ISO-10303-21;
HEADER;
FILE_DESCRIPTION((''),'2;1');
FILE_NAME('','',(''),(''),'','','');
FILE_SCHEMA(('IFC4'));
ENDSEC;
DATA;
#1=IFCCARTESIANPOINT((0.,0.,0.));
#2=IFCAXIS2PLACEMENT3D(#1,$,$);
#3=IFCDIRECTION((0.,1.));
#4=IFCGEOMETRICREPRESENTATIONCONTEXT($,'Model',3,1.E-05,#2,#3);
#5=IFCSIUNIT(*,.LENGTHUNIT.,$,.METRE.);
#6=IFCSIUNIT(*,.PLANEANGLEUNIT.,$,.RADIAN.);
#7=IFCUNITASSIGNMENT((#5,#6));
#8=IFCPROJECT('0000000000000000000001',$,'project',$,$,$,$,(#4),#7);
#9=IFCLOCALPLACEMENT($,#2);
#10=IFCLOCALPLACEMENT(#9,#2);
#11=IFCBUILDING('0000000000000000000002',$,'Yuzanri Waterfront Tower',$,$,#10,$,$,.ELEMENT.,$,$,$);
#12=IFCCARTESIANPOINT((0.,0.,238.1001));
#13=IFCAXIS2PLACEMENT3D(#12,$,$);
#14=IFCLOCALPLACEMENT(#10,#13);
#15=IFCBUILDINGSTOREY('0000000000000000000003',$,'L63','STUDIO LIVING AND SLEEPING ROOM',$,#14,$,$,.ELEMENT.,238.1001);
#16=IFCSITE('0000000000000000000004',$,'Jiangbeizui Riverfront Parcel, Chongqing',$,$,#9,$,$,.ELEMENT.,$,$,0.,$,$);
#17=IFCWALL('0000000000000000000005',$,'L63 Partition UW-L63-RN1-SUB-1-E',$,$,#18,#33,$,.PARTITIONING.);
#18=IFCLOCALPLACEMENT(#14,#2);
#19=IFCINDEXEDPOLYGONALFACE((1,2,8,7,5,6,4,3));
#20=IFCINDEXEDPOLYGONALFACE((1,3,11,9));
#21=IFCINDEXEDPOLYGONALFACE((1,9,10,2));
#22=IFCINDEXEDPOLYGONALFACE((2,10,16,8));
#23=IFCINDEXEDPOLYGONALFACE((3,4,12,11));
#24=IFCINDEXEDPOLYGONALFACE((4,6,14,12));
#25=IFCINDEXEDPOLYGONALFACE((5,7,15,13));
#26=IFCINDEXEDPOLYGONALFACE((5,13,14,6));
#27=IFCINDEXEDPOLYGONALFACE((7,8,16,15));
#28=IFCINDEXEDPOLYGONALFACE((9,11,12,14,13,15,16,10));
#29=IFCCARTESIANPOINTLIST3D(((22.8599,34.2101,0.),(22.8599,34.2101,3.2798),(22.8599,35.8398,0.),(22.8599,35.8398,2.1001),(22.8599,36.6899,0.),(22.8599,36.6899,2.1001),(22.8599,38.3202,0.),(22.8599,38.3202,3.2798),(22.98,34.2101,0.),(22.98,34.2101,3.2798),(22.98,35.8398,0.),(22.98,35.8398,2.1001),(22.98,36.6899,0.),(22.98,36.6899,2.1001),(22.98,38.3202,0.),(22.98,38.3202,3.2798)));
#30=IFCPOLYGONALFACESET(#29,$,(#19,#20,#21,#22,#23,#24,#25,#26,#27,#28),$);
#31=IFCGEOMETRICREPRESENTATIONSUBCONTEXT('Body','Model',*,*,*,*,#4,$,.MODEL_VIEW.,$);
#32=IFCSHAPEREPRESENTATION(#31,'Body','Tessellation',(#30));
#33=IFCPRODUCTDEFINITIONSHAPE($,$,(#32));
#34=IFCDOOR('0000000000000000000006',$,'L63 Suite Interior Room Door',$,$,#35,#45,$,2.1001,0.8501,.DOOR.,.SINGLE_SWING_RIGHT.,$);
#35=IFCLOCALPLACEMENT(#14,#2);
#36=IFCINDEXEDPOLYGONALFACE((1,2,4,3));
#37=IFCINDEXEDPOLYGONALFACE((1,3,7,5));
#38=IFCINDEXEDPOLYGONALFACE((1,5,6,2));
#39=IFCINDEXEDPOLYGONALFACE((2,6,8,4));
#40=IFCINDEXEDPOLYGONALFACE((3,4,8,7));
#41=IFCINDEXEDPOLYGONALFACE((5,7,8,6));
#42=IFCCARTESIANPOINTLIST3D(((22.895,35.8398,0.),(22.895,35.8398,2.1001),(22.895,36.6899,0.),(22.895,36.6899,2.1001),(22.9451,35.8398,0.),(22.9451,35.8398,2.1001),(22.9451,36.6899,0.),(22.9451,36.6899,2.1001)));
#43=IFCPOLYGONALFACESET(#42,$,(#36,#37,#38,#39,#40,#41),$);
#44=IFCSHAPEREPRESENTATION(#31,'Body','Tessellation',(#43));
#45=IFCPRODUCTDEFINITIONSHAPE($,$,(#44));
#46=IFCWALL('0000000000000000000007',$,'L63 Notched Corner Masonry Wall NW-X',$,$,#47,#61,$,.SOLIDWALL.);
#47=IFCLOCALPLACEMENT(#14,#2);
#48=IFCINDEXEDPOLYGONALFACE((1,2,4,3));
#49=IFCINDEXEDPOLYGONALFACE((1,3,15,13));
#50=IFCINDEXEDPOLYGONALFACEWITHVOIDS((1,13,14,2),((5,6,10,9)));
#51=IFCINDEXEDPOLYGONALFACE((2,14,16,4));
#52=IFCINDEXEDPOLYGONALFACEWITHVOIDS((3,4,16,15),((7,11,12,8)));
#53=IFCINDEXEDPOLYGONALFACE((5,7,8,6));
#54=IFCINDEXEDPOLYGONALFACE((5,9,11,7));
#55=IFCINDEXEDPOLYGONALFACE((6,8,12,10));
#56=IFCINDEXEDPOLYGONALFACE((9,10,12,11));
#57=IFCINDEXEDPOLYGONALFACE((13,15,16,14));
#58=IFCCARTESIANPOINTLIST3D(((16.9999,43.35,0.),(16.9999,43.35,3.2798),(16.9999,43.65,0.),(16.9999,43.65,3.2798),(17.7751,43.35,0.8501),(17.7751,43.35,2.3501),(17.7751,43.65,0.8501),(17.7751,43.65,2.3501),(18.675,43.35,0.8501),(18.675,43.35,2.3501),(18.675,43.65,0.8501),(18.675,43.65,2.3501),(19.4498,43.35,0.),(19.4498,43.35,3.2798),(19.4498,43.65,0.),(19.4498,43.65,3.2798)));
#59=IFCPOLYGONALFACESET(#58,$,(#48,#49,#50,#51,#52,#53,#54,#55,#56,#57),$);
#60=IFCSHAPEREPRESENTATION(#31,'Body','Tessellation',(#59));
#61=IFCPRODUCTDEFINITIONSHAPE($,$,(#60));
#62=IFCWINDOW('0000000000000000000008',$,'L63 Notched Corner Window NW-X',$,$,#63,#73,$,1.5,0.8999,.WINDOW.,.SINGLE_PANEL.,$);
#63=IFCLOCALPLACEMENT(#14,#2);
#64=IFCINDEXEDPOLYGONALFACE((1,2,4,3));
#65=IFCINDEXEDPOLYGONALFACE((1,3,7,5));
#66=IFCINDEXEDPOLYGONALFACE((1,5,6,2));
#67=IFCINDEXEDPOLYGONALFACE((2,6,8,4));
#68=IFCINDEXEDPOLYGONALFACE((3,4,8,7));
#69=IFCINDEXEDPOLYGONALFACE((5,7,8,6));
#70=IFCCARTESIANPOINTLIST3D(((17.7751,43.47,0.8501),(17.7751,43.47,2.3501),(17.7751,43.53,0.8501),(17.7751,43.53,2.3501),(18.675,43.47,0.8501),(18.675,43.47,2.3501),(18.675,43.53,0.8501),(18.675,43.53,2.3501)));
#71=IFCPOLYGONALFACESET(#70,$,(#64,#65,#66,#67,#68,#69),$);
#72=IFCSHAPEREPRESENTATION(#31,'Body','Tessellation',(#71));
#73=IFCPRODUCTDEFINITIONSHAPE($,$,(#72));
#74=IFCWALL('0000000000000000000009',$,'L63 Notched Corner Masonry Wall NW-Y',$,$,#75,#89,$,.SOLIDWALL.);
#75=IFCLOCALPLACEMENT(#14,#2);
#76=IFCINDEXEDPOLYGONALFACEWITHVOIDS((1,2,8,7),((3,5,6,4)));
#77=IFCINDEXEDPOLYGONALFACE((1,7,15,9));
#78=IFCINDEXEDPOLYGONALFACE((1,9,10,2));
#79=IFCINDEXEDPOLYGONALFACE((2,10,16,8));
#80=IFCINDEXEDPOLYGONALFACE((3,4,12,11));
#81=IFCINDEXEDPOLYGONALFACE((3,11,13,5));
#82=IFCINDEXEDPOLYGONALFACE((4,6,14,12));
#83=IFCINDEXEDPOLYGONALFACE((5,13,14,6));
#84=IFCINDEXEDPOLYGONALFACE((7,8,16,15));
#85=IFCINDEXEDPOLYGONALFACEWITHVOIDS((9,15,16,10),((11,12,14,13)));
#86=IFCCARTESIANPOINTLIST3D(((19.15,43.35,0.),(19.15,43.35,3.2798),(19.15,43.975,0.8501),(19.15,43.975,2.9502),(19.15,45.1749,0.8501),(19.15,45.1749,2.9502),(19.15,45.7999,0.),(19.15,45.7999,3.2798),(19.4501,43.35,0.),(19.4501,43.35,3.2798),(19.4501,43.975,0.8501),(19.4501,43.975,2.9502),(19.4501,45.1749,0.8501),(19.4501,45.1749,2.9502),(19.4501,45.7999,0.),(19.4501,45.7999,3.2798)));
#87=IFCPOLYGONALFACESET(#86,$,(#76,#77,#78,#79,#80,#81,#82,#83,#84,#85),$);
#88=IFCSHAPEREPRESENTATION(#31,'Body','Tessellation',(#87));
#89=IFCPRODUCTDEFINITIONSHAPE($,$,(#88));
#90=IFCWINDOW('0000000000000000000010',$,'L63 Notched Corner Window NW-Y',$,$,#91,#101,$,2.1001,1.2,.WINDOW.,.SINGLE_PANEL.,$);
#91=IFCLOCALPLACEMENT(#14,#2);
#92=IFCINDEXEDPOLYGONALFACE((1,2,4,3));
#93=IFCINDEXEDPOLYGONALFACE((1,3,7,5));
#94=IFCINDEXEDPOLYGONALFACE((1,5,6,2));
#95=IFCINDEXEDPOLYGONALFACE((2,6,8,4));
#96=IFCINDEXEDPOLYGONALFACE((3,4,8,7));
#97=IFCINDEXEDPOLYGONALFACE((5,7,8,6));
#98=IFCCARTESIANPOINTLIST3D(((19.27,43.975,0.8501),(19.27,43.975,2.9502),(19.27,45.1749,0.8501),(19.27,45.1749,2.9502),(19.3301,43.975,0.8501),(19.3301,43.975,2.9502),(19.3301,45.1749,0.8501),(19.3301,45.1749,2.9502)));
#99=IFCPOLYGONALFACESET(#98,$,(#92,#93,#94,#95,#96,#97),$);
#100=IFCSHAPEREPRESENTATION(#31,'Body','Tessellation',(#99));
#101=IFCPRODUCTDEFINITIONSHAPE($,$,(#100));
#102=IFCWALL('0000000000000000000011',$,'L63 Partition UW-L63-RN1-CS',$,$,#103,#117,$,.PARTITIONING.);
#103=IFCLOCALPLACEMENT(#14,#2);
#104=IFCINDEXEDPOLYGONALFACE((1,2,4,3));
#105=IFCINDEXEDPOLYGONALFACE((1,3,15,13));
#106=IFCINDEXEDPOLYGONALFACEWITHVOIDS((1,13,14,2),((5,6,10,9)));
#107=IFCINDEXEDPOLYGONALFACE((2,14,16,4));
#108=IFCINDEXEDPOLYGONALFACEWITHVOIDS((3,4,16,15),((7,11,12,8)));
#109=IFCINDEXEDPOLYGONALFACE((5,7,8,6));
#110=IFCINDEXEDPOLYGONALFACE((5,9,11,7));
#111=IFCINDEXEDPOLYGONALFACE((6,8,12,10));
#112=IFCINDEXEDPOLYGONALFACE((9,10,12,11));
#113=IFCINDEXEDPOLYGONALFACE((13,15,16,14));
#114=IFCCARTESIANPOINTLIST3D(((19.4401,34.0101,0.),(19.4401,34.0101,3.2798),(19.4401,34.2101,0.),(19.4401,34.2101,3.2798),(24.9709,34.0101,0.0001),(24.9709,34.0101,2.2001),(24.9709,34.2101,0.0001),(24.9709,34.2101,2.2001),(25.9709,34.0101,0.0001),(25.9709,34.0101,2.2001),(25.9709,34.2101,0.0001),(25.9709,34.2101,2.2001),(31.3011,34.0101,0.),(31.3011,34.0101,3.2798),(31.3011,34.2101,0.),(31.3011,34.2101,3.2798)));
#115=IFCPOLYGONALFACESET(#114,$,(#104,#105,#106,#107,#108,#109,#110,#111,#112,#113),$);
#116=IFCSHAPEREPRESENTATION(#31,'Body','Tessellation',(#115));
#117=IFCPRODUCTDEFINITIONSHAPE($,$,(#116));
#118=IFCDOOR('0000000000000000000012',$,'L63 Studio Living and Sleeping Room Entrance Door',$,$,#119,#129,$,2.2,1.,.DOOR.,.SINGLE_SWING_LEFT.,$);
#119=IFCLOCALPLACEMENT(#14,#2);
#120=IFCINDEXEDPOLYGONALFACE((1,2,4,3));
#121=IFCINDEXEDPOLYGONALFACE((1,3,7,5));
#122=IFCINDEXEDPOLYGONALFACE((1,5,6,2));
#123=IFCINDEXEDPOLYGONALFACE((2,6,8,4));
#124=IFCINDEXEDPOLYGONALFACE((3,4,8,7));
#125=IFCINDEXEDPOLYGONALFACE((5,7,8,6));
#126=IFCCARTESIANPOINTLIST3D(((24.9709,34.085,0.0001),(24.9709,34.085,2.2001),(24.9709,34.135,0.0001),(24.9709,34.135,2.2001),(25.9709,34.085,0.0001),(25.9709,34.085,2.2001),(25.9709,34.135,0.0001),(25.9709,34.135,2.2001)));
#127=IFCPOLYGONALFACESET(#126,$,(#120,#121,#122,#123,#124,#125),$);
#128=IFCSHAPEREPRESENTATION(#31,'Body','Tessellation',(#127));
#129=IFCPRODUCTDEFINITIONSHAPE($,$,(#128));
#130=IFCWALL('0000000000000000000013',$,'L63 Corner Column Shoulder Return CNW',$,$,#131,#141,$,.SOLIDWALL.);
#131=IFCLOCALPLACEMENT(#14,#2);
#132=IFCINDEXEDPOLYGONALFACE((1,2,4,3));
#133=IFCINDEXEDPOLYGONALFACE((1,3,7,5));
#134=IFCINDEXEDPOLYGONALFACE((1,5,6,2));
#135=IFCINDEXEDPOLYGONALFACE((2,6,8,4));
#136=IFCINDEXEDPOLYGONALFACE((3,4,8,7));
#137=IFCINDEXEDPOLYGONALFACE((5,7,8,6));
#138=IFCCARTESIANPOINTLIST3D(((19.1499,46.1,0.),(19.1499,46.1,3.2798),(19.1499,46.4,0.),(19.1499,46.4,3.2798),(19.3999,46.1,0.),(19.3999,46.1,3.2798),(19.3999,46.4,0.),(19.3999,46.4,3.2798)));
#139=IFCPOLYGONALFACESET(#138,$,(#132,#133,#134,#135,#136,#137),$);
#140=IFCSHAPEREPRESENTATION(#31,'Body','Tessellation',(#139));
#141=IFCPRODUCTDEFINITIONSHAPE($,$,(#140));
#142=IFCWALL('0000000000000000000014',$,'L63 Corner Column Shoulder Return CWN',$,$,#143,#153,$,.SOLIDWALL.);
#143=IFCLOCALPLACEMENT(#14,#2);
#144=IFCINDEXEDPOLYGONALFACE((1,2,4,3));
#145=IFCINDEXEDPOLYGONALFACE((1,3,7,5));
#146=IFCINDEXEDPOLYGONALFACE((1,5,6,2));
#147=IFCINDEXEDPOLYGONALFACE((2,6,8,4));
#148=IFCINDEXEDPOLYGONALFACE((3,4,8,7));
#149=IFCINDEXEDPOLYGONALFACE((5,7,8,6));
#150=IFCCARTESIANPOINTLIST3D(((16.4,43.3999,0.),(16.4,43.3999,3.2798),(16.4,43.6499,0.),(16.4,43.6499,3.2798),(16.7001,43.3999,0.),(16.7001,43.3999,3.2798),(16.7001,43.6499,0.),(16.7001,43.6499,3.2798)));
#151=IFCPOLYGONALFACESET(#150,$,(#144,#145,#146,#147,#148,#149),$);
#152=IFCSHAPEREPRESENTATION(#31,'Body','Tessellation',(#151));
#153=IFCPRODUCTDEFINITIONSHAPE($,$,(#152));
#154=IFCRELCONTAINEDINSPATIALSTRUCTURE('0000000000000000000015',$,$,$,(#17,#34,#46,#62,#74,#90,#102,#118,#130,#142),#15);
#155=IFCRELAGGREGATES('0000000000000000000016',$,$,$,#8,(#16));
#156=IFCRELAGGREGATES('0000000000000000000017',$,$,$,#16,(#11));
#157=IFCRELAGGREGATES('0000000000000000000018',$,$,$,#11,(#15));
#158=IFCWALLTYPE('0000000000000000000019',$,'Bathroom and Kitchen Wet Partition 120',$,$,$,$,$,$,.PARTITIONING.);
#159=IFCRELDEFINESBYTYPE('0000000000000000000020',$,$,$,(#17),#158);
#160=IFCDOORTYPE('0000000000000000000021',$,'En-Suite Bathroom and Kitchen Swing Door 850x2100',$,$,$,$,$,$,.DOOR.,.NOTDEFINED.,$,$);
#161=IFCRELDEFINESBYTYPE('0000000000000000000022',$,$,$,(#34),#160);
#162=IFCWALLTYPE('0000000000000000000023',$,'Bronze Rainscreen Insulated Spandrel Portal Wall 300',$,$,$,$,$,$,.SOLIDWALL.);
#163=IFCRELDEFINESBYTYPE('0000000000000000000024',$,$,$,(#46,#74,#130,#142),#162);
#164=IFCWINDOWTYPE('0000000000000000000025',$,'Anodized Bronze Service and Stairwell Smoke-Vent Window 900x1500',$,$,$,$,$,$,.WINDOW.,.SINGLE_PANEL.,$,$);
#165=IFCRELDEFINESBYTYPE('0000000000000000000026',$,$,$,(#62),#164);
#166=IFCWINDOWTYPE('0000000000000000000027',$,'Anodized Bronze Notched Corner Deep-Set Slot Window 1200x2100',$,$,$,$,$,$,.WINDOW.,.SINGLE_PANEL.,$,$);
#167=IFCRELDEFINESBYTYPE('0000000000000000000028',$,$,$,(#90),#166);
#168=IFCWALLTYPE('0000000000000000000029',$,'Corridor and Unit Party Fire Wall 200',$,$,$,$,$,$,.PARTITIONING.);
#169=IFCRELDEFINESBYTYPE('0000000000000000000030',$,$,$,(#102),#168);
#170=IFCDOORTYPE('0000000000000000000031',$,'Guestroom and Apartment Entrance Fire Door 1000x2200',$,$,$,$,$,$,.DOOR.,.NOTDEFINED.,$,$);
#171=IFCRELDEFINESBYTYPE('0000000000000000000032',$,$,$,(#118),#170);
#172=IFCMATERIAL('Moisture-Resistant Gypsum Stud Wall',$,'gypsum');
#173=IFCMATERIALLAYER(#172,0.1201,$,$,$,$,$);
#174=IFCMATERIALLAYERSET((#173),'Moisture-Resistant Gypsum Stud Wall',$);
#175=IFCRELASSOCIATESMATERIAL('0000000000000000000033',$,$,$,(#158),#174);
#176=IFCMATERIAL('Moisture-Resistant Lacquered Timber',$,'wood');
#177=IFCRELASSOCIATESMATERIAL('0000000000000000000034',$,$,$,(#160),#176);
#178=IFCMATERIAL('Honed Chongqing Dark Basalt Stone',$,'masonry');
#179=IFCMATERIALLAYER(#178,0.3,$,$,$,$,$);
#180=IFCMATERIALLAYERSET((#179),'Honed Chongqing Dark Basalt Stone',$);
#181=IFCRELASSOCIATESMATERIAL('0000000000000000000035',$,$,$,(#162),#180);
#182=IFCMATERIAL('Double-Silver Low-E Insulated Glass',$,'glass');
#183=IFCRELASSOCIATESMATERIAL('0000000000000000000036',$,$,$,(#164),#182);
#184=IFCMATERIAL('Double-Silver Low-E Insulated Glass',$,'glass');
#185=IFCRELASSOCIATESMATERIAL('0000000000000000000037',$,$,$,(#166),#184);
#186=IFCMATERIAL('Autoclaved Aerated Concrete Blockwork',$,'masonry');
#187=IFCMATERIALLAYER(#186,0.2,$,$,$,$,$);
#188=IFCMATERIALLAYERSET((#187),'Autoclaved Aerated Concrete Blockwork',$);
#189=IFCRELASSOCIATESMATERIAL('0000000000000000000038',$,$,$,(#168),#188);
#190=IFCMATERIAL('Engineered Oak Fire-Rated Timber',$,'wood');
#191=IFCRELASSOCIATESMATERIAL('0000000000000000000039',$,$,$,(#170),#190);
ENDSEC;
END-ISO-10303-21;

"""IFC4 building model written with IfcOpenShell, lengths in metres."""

from ifc_helpers import new_model, si_unit, direction, frame, frame_2d, origin, place, context, subcontext, project, spatial, rectangle, extrude, source, transform, mapped, material, layer, layer_set, type_object, element, fill, save


model = new_model("IFC4")

# Units and contexts
model_context = context("Model", 3, precision=1e-05, world=origin(), true_north=direction((0.0, 1.0)))
body_context = subcontext(model_context, "Body", "Model", "MODEL_VIEW")
ifc_project = project(units=[si_unit("LENGTHUNIT", "METRE"), si_unit("PLANEANGLEUNIT", "RADIAN")], contexts=[model_context])

# Site, building, storey
site_placement = place(None, origin())
site = spatial("IfcSite", under=ifc_project, at=site_placement, Name="Jiangbeizui Riverfront Parcel, Chongqing", CompositionType="ELEMENT", RefElevation=0.0)
building_placement = place(site_placement, origin())
building = spatial("IfcBuilding", under=site, at=building_placement, Name="Yuzanri Waterfront Tower", CompositionType="ELEMENT")
storey_placement = place(building_placement, frame((0.0, 0.0, 238.1001)))
storey = spatial("IfcBuildingStorey", under=building, at=storey_placement, Name="L63", Description="STUDIO LIVING AND SLEEPING ROOM", CompositionType="ELEMENT", Elevation=238.1001)

# Wall, opening, door
ifc_material_1 = material(Name="Moisture-Resistant Gypsum Stud Wall", Category="gypsum")
ifc_layer_1 = layer(ifc_material_1, 0.1201)
ifc_layer_set_1 = layer_set([ifc_layer_1], Name="Moisture-Resistant Gypsum Stud Wall")
wall_type_1 = type_object("IfcWallType", Name="Bathroom and Kitchen Wet Partition 120", PredefinedType="PARTITIONING", material=ifc_layer_set_1)
wall_1_placement = place(storey_placement, frame((22.9199, 34.21, 0.0), z_axis=(0.0, 0.0, 1.0), x_axis=(0.0, 1.0, 0.0)))
wall_1 = element("IfcWall", 1, at=wall_1_placement, inside=storey, type_object=wall_type_1, Name="L63 Partition UW-L63-RN1-SUB-1-E", PredefinedType="PARTITIONING", context=body_context, shape_type="SweptSolid", body=[
    extrude(rectangle(XDim=4.1101, YDim=0.1201, at=frame_2d((2.0552, 0.0))), origin(), (0.0, 0.0, 1.0), 3.2798),
])
opening_1_placement = place(wall_1_placement, frame((1.6299, 0.0, 0.0)))
opening_1 = element("IfcOpeningElement", 2, at=opening_1_placement, cuts=wall_1, PredefinedType="OPENING", context=body_context, shape_type="SweptSolid", body=[
    extrude(rectangle(XDim=0.8501, YDim=2.1001, at=frame_2d((0.425, 1.05))), frame((0.0, 0.075, 0.0), z_axis=(0.0, -1.0, 0.0), x_axis=(1.0, 0.0, 0.0)), (0.0, 0.0, 1.0), 0.1499),
])
ifc_material_2 = material(Name="Moisture-Resistant Lacquered Timber", Category="wood")
door_type_1 = type_object("IfcDoorType", Name="En-Suite Bathroom and Kitchen Swing Door 850x2100", OperationType="NOTDEFINED", PredefinedType="DOOR", material=ifc_material_2)
shared_shape_1 = source(origin(), body_context, "Body", "SweptSolid", [
    extrude(rectangle(XDim=0.8501, YDim=2.1001, at=frame_2d((0.425, 1.05))), frame((0.0, 0.0249, 0.0), z_axis=(0.0, -1.0, 0.0), x_axis=(1.0, 0.0, 0.0)), (0.0, 0.0, 1.0), 0.05),
])
door_1_placement = place(opening_1_placement, origin())
door_1 = element("IfcDoor", 3, at=door_1_placement, inside=storey, type_object=door_type_1, Name="L63 Suite Interior Room Door", OperationType="SINGLE_SWING_RIGHT", OverallHeight=2.1001, OverallWidth=0.8501, PredefinedType="DOOR", context=body_context, shape_type="MappedRepresentation", body=[
    mapped(shared_shape_1, transform((0.0, 0.0, 0.0), scale=1.0)),
])
fill(opening_1, door_1)

# Walls, openings, windows
ifc_material_3 = material(Name="Honed Chongqing Dark Basalt Stone", Category="masonry")
ifc_layer_2 = layer(ifc_material_3, 0.3)
ifc_layer_set_2 = layer_set([ifc_layer_2], Name="Honed Chongqing Dark Basalt Stone")
wall_type_2 = type_object("IfcWallType", Name="Bronze Rainscreen Insulated Spandrel Portal Wall 300", PredefinedType="SOLIDWALL", material=ifc_layer_set_2)
wall_2_placement = place(storey_placement, frame((19.45, 43.5, 0.0), z_axis=(0.0, 0.0, 1.0), x_axis=(-1.0, 0.0, 0.0)))
wall_2 = element("IfcWall", 4, at=wall_2_placement, inside=storey, type_object=wall_type_2, Name="L63 Notched Corner Masonry Wall NW-X", PredefinedType="SOLIDWALL", context=body_context, shape_type="SweptSolid", body=[
    extrude(rectangle(XDim=2.45, YDim=0.3, at=frame_2d((1.2251, 0.0))), origin(), (0.0, 0.0, 1.0), 3.2798),
])
opening_2_placement = place(wall_2_placement, frame((0.7749, 0.0, 0.8501)))
opening_2 = element("IfcOpeningElement", 5, at=opening_2_placement, cuts=wall_2, PredefinedType="OPENING", context=body_context, shape_type="SweptSolid", body=[
    extrude(rectangle(XDim=0.8999, YDim=1.5, at=frame_2d((0.45, 0.75))), frame((0.0, 0.165, 0.0), z_axis=(0.0, -1.0, 0.0), x_axis=(1.0, 0.0, 0.0)), (0.0, 0.0, 1.0), 0.3298),
])
ifc_material_4 = material(Name="Double-Silver Low-E Insulated Glass", Category="glass")
window_type_1 = type_object("IfcWindowType", Name="Anodized Bronze Service and Stairwell Smoke-Vent Window 900x1500", PartitioningType="SINGLE_PANEL", PredefinedType="WINDOW", material=ifc_material_4)
shared_shape_2 = source(origin(), body_context, "Body", "SweptSolid", [
    extrude(rectangle(XDim=0.8999, YDim=1.5, at=frame_2d((0.45, 0.75))), frame((0.0, 0.03, 0.0), z_axis=(0.0, -1.0, 0.0), x_axis=(1.0, 0.0, 0.0)), (0.0, 0.0, 1.0), 0.0601),
])
window_1_placement = place(opening_2_placement, origin())
window_1 = element("IfcWindow", 6, at=window_1_placement, inside=storey, type_object=window_type_1, Name="L63 Notched Corner Window NW-X", OverallHeight=1.5, OverallWidth=0.8999, PartitioningType="SINGLE_PANEL", PredefinedType="WINDOW", context=body_context, shape_type="MappedRepresentation", body=[
    mapped(shared_shape_2, transform((0.0, 0.0, 0.0), scale=1.0)),
])
fill(opening_2, window_1)
wall_3_placement = place(storey_placement, frame((19.3, 45.8, 0.0), z_axis=(0.0, 0.0, 1.0), x_axis=(0.0, -1.0, 0.0)))
wall_3 = element("IfcWall", 7, at=wall_3_placement, inside=storey, type_object=wall_type_2, Name="L63 Notched Corner Masonry Wall NW-Y", PredefinedType="SOLIDWALL", context=body_context, shape_type="SweptSolid", body=[
    extrude(rectangle(XDim=2.45, YDim=0.3, at=frame_2d((1.2251, 0.0))), origin(), (0.0, 0.0, 1.0), 3.2798),
])
opening_3_placement = place(wall_3_placement, frame((0.625, 0.0, 0.8501)))
opening_3 = element("IfcOpeningElement", 8, at=opening_3_placement, cuts=wall_3, PredefinedType="OPENING", context=body_context, shape_type="SweptSolid", body=[
    extrude(rectangle(XDim=1.2, YDim=2.1001, at=frame_2d((0.6001, 1.05))), frame((0.0, 0.165, 0.0), z_axis=(0.0, -1.0, 0.0), x_axis=(1.0, 0.0, 0.0)), (0.0, 0.0, 1.0), 0.3298),
])
ifc_material_5 = material(Name="Double-Silver Low-E Insulated Glass", Category="glass")
window_type_2 = type_object("IfcWindowType", Name="Anodized Bronze Notched Corner Deep-Set Slot Window 1200x2100", PartitioningType="SINGLE_PANEL", PredefinedType="WINDOW", material=ifc_material_5)
shared_shape_3 = source(origin(), body_context, "Body", "SweptSolid", [
    extrude(rectangle(XDim=1.2, YDim=2.1001, at=frame_2d((0.6001, 1.05))), frame((0.0, 0.03, 0.0), z_axis=(0.0, -1.0, 0.0), x_axis=(1.0, 0.0, 0.0)), (0.0, 0.0, 1.0), 0.0601),
])
window_2_placement = place(opening_3_placement, origin())
window_2 = element("IfcWindow", 9, at=window_2_placement, inside=storey, type_object=window_type_2, Name="L63 Notched Corner Window NW-Y", OverallHeight=2.1001, OverallWidth=1.2, PartitioningType="SINGLE_PANEL", PredefinedType="WINDOW", context=body_context, shape_type="MappedRepresentation", body=[
    mapped(shared_shape_3, transform((0.0, 0.0, 0.0), scale=1.0)),
])
fill(opening_3, window_2)

# Wall, opening, door
ifc_material_6 = material(Name="Autoclaved Aerated Concrete Blockwork", Category="masonry")
ifc_layer_3 = layer(ifc_material_6, 0.2)
ifc_layer_set_3 = layer_set([ifc_layer_3], Name="Autoclaved Aerated Concrete Blockwork")
wall_type_3 = type_object("IfcWallType", Name="Corridor and Unit Party Fire Wall 200", PredefinedType="PARTITIONING", material=ifc_layer_set_3)
wall_4_placement = place(storey_placement, frame((19.4399, 34.1101, 0.0), z_axis=(0.0, 0.0, 1.0), x_axis=(1.0, 0.0, 0.0)))
wall_4 = element("IfcWall", 10, at=wall_4_placement, inside=storey, type_object=wall_type_3, Name="L63 Partition UW-L63-RN1-CS", PredefinedType="PARTITIONING", context=body_context, shape_type="SweptSolid", body=[
    extrude(rectangle(XDim=11.8611, YDim=0.2, at=frame_2d((5.9307, 0.0))), origin(), (0.0, 0.0, 1.0), 3.2798),
])
opening_4_placement = place(wall_4_placement, frame((5.531, 0.0, 0.0)))
opening_4 = element("IfcOpeningElement", 11, at=opening_4_placement, cuts=wall_4, PredefinedType="OPENING", context=body_context, shape_type="SweptSolid", body=[
    extrude(rectangle(XDim=1.0, YDim=2.2, at=frame_2d((0.5, 1.1001))), frame((0.0, 0.1147, 0.0), z_axis=(0.0, -1.0, 0.0), x_axis=(1.0, 0.0, 0.0)), (0.0, 0.0, 1.0), 0.2297),
])
ifc_material_7 = material(Name="Engineered Oak Fire-Rated Timber", Category="wood")
door_type_2 = type_object("IfcDoorType", Name="Guestroom and Apartment Entrance Fire Door 1000x2200", OperationType="NOTDEFINED", PredefinedType="DOOR", material=ifc_material_7)
shared_shape_4 = source(origin(), body_context, "Body", "SweptSolid", [
    extrude(rectangle(XDim=1.0, YDim=2.2, at=frame_2d((0.5, 1.1001))), frame((0.0, 0.0249, 0.0), z_axis=(0.0, -1.0, 0.0), x_axis=(1.0, 0.0, 0.0)), (0.0, 0.0, 1.0), 0.05),
])
door_2_placement = place(opening_4_placement, origin())
door_2 = element("IfcDoor", 12, at=door_2_placement, inside=storey, type_object=door_type_2, Name="L63 Studio Living and Sleeping Room Entrance Door", OperationType="SINGLE_SWING_LEFT", OverallHeight=2.2, OverallWidth=1.0, PredefinedType="DOOR", context=body_context, shape_type="MappedRepresentation", body=[
    mapped(shared_shape_4, transform((0.0, 0.0, 0.0), scale=1.0)),
])
fill(opening_4, door_2)

# Walls
shared_shape_5 = source(origin(), body_context, "Body", "SweptSolid", [
    extrude(rectangle(XDim=0.25, YDim=0.3, at=frame_2d((0.125, 0.0))), origin(), (0.0, 0.0, 1.0), 3.2798),
])
for number, where, z_axis, x_axis, name in (
    (13, (19.1499, 46.25, 0.0), (0.0, 0.0, 1.0), (1.0, 0.0, 0.0), "L63 Corner Column Shoulder Return CNW"),
    (14, (16.55, 43.3999, 0.0), (0.0, 0.0, 1.0), (0.0, 1.0, 0.0), "L63 Corner Column Shoulder Return CWN"),
):
    element("IfcWall", number, at=place(storey_placement, frame(where, z_axis=z_axis, x_axis=x_axis)), inside=storey, type_object=wall_type_2, Name=name, PredefinedType="SOLIDWALL", context=body_context, shape_type="MappedRepresentation", body=[
        mapped(shared_shape_5, transform((0.0, 0.0, 0.0), scale=1.0)),
    ])

save(model, "model.ifc")
